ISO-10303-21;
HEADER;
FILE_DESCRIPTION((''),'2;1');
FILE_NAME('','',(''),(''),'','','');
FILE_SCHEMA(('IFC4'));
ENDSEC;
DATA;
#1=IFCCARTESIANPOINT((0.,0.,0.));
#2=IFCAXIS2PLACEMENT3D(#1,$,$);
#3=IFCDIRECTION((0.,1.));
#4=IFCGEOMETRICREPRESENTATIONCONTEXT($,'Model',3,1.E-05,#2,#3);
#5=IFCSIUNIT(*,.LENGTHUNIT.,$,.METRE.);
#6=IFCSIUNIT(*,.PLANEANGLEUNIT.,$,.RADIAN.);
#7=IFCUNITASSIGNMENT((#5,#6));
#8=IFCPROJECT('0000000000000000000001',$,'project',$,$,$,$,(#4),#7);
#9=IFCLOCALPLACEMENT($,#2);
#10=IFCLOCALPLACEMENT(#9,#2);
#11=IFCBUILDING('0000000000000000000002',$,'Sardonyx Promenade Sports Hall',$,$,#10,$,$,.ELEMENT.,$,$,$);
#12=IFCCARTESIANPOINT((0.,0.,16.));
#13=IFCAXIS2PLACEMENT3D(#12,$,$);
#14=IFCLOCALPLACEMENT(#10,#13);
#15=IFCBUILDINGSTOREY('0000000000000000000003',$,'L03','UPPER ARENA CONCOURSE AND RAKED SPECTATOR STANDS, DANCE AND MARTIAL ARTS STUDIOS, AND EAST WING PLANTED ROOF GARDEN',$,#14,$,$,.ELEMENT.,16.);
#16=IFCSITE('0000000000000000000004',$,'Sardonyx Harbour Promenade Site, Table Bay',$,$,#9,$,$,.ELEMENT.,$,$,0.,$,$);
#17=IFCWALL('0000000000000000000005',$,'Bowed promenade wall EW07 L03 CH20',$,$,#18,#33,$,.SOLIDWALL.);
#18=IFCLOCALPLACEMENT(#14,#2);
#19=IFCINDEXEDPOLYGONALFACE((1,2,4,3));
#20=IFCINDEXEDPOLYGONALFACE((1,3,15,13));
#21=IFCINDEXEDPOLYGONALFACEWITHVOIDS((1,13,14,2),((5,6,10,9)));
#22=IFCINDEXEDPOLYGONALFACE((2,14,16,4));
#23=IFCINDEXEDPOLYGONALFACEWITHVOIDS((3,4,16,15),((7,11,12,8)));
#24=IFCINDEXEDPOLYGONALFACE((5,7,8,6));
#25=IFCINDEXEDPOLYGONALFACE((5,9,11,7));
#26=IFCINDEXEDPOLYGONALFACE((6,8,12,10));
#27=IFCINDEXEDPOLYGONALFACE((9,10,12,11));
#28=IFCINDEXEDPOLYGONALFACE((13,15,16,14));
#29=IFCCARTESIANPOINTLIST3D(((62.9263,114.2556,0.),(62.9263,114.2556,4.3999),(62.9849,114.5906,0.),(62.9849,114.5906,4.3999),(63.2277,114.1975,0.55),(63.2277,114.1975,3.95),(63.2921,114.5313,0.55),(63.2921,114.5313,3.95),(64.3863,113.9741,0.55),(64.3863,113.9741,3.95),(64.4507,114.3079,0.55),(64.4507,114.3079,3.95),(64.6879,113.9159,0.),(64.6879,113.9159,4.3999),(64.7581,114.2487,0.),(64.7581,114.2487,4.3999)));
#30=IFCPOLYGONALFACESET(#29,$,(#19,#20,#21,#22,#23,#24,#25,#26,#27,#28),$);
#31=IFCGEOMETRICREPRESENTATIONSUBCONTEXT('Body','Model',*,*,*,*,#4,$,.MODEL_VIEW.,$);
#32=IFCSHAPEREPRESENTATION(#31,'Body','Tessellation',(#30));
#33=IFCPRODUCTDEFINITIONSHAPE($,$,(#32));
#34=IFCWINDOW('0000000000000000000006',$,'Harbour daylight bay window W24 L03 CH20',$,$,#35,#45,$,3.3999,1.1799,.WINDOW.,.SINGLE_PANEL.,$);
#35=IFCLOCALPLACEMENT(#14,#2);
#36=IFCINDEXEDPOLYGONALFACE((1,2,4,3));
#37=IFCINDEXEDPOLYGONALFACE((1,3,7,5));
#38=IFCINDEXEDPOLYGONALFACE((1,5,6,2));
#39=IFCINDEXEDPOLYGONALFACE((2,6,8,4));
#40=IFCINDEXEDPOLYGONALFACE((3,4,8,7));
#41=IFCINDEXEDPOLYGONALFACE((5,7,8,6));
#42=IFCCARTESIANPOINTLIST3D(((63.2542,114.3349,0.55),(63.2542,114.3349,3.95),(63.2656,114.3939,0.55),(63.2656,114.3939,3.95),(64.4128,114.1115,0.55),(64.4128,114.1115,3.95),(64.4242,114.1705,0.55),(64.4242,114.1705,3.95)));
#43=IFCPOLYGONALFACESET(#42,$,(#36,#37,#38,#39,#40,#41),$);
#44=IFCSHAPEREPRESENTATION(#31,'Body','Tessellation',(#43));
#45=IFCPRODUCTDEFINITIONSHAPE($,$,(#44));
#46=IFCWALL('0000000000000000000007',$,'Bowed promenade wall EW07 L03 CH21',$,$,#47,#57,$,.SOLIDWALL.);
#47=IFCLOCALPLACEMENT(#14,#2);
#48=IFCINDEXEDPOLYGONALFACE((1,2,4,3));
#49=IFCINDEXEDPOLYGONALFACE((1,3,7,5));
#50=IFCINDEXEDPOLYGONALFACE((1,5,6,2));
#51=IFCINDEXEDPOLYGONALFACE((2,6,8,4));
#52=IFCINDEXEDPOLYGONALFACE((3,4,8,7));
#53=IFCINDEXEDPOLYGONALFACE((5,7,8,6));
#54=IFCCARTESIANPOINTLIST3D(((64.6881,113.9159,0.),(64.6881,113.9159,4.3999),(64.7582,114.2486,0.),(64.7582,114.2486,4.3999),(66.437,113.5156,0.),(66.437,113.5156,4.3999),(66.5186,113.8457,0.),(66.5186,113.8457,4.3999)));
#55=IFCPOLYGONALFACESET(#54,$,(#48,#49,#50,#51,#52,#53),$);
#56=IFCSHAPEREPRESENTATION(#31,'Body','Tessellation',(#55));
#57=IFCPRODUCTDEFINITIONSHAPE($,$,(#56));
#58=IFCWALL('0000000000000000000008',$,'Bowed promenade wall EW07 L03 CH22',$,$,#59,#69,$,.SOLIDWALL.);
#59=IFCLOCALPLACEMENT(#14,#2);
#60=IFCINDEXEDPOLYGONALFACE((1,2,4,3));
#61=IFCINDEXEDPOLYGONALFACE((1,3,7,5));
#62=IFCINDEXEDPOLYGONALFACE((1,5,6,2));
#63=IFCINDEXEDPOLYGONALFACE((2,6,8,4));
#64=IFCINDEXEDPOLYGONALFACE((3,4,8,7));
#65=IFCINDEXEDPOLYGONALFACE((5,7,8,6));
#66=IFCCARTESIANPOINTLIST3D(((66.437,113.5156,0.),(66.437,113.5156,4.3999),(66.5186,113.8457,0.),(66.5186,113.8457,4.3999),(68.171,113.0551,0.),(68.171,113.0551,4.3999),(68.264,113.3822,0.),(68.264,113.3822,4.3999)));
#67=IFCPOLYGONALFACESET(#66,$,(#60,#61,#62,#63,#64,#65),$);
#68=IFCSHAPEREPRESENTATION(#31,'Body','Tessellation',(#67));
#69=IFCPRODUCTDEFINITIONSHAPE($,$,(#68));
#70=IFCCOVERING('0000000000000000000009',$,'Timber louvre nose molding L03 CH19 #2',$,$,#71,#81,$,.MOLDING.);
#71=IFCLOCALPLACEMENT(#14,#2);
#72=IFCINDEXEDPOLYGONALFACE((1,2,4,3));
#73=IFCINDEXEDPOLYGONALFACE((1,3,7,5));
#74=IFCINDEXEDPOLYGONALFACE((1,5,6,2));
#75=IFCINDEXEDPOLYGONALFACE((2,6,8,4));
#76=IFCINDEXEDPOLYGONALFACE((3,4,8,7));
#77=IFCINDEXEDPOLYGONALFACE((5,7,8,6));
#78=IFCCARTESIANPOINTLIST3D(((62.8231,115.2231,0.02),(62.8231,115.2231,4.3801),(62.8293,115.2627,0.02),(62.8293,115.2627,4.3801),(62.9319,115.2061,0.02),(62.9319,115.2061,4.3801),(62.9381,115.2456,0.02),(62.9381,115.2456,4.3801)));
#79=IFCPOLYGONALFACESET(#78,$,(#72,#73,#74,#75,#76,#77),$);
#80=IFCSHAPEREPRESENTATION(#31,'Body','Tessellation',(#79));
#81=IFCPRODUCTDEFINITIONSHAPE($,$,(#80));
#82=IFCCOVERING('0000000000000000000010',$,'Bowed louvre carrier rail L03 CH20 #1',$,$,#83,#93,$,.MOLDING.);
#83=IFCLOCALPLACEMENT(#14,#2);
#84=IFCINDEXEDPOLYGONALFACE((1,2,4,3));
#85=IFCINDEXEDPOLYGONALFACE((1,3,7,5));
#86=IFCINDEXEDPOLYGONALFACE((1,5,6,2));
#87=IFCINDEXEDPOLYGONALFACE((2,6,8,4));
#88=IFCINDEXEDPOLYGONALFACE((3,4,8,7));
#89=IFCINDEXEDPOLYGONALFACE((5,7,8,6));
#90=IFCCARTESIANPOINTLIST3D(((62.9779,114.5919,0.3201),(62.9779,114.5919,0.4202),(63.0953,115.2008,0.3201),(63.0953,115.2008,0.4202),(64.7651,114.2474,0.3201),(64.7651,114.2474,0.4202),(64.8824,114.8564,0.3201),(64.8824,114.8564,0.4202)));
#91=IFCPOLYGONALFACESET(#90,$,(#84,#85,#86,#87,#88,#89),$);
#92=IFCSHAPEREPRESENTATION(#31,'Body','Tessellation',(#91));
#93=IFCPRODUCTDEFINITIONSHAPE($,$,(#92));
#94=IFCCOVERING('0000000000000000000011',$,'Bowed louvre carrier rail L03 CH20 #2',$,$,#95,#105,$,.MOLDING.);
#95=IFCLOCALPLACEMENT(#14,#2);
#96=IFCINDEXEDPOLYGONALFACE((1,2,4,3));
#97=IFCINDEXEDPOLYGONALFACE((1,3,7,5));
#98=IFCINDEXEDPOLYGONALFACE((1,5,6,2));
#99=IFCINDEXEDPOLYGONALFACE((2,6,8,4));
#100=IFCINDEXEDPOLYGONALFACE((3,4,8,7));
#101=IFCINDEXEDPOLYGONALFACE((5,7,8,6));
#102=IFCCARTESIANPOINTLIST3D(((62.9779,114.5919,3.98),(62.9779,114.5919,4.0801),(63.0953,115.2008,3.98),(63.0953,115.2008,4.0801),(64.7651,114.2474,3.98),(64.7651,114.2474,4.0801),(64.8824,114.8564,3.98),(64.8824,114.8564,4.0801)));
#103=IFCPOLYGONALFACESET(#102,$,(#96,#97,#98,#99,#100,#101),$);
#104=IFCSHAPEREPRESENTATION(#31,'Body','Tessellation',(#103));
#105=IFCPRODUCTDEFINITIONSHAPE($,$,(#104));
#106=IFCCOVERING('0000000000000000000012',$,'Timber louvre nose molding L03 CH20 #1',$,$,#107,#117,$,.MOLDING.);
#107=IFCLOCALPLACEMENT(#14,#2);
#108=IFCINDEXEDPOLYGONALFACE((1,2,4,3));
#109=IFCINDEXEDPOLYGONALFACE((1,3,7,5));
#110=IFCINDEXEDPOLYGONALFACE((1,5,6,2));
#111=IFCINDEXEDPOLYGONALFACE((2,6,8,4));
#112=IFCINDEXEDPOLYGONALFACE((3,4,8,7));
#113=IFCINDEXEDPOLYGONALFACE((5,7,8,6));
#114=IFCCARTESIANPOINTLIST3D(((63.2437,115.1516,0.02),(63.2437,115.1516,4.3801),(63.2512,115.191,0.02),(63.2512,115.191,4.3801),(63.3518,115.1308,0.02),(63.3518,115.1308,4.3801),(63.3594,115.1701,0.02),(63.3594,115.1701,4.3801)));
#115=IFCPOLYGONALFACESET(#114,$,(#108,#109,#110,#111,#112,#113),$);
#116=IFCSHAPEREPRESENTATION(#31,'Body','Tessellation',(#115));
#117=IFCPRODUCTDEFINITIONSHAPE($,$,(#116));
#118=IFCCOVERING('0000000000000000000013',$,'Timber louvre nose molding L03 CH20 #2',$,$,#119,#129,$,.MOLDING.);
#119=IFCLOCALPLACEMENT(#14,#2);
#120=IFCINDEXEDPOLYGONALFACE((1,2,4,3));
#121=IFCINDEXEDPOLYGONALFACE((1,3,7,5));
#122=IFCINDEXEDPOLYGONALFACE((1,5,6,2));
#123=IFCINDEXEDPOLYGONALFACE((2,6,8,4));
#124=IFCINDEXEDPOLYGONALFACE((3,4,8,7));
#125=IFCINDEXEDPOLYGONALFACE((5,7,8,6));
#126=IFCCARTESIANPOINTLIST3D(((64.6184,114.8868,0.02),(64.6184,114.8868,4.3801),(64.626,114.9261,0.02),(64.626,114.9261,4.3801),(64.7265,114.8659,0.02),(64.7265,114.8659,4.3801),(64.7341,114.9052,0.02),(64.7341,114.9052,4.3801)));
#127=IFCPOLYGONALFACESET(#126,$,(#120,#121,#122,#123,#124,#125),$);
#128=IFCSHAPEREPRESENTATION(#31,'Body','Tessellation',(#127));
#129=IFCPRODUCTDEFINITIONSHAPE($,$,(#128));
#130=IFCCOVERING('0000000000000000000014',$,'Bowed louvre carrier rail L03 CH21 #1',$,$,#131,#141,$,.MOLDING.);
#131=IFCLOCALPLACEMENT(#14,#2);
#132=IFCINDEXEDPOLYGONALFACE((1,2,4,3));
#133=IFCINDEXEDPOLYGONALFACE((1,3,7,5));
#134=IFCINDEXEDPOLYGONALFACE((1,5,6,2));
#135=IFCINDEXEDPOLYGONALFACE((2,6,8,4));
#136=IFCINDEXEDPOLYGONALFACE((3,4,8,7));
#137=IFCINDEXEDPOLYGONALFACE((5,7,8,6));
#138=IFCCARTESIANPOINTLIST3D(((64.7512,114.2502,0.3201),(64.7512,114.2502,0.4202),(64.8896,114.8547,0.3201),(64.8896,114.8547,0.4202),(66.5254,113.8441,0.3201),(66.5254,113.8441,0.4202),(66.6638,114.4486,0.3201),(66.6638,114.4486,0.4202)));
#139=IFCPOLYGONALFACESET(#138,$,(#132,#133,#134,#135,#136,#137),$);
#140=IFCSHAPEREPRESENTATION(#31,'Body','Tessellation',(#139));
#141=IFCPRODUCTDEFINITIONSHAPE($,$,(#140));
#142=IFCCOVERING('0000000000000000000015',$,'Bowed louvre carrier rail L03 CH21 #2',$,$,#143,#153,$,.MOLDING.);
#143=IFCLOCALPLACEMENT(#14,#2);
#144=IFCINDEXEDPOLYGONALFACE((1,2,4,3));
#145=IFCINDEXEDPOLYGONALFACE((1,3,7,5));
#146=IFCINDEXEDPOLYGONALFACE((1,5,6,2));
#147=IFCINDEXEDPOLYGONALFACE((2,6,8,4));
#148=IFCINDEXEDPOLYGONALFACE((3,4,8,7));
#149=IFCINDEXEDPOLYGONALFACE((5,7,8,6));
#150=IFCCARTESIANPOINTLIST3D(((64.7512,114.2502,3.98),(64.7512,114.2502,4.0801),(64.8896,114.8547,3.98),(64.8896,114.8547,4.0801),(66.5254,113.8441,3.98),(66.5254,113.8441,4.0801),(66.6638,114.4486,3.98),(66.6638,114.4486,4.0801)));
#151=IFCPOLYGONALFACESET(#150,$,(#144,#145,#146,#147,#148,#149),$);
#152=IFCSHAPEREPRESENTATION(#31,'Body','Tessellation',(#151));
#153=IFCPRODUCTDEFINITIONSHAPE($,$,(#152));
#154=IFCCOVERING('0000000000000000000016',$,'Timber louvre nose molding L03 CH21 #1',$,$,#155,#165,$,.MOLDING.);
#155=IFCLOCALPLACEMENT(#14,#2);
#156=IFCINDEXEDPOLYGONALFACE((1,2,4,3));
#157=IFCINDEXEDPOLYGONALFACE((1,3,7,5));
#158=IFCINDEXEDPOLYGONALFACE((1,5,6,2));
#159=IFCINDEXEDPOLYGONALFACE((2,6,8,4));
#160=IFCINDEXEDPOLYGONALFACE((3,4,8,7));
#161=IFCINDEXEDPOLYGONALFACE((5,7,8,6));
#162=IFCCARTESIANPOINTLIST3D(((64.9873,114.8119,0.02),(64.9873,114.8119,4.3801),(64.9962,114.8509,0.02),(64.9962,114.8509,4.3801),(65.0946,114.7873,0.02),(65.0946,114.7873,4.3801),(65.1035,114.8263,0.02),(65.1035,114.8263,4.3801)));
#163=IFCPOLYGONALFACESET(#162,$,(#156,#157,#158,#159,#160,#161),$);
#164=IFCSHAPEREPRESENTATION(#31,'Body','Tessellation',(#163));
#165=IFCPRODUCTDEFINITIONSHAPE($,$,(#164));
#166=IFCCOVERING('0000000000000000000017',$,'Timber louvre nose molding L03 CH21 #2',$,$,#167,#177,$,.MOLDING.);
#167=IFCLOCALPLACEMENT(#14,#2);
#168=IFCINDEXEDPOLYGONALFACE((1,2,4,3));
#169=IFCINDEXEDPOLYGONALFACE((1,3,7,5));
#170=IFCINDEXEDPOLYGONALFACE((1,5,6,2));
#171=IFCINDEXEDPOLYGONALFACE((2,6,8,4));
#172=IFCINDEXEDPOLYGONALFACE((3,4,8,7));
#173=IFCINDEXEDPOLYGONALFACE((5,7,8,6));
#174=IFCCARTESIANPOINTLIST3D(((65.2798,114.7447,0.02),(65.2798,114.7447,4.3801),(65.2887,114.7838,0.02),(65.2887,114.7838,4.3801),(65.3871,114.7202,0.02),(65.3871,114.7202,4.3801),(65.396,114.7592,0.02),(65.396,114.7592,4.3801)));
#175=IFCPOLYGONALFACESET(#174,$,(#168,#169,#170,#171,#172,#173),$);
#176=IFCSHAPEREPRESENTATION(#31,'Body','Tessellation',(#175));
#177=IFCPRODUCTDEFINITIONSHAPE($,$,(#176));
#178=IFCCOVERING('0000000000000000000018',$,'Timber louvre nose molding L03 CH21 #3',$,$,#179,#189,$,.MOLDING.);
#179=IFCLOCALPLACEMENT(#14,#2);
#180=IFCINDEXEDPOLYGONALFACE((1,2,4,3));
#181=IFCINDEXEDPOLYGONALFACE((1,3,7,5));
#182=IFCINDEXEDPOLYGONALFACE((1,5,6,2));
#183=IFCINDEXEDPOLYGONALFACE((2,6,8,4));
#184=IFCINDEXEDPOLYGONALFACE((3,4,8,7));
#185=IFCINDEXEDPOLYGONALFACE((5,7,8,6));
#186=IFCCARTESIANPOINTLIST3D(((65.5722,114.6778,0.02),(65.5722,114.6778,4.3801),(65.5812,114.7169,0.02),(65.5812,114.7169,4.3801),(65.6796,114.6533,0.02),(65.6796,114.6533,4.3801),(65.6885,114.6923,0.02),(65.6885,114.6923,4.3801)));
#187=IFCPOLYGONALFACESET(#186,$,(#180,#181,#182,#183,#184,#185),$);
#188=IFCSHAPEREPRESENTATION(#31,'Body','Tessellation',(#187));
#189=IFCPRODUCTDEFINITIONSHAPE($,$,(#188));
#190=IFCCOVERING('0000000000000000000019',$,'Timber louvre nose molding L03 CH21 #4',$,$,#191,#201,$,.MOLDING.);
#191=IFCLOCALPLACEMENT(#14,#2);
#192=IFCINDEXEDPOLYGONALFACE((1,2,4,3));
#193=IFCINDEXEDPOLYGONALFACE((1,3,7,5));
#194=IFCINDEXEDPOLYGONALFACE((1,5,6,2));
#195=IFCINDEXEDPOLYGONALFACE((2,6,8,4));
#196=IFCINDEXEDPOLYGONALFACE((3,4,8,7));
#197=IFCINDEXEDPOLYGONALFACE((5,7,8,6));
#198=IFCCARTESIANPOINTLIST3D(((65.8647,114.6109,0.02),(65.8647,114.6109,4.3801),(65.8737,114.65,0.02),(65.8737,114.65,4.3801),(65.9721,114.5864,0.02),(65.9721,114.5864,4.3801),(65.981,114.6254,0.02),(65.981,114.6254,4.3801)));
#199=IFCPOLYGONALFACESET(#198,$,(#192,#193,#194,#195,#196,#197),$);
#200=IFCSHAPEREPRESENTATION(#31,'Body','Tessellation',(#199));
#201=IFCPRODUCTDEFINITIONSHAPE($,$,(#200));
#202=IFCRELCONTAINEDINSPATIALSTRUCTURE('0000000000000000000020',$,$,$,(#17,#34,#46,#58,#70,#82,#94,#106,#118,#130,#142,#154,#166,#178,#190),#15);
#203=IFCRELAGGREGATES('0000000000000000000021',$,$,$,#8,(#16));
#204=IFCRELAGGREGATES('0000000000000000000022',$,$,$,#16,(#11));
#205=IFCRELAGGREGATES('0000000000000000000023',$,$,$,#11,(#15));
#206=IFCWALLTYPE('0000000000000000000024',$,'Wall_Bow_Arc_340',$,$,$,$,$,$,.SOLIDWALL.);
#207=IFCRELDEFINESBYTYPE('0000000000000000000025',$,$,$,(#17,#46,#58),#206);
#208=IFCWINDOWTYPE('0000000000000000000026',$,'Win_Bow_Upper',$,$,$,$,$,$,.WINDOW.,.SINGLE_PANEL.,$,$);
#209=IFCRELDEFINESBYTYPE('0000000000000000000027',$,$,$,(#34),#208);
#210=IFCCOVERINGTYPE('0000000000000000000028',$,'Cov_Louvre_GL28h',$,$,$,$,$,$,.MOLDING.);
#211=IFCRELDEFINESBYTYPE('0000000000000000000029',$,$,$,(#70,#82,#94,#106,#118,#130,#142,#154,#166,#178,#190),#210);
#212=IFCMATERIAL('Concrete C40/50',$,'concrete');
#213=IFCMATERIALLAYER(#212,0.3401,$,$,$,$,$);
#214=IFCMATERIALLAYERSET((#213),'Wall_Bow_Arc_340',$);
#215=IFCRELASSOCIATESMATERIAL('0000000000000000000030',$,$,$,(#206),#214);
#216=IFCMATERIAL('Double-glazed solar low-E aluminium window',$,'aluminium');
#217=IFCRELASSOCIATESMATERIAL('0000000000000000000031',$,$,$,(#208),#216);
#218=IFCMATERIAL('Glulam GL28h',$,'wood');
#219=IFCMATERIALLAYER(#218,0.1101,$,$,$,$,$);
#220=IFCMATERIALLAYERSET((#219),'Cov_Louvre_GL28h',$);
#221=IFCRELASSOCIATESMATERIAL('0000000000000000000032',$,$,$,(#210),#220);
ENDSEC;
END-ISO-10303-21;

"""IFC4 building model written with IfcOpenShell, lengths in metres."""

from ifc_helpers import new_model, si_unit, direction, frame, frame_2d, origin, origin_2d, place, context, subcontext, project, spatial, polyline, rectangle, outline, extrude, material, layer, layer_set, type_object, element, fill, save


model = new_model("IFC4")

# Units and contexts
model_context = context("Model", 3, precision=1e-05, world=origin(), true_north=direction((0.0, 1.0)))
body_context = subcontext(model_context, "Body", "Model", "MODEL_VIEW")
ifc_project = project(units=[si_unit("LENGTHUNIT", "METRE"), si_unit("PLANEANGLEUNIT", "RADIAN")], contexts=[model_context])

# Site, building, storey
site_placement = place(None, origin())
site = spatial("IfcSite", under=ifc_project, at=site_placement, Name="Sardonyx Harbour Promenade Site, Table Bay", CompositionType="ELEMENT", RefElevation=0.0)
building_placement = place(site_placement, origin())
building = spatial("IfcBuilding", under=site, at=building_placement, Name="Sardonyx Promenade Sports Hall", CompositionType="ELEMENT")
storey_placement = place(building_placement, frame((0.0, 0.0, 16.0)))
storey = spatial("IfcBuildingStorey", under=building, at=storey_placement, Name="L03", Description="UPPER ARENA CONCOURSE AND RAKED SPECTATOR STANDS, DANCE AND MARTIAL ARTS STUDIOS, AND EAST WING PLANTED ROOF GARDEN", CompositionType="ELEMENT", Elevation=16.0)

# Wall, opening, window
ifc_material_1 = material(Name="Concrete C40/50", Category="concrete")
ifc_layer_1 = layer(ifc_material_1, 0.3401)
ifc_layer_set_1 = layer_set([ifc_layer_1], Name="Wall_Bow_Arc_340")
wall_type = type_object("IfcWallType", Name="Wall_Bow_Arc_340", PredefinedType="SOLIDWALL", material=ifc_layer_set_1)
wall_1_placement = place(storey_placement, frame((62.9556, 114.4231, 0.0), z_axis=(0.0, 0.0, 1.0), x_axis=(0.981913, -0.18933, 0.0)))
wall_1 = element("IfcWall", 1, at=wall_1_placement, inside=storey, type_object=wall_type, Name="Bowed promenade wall EW07 L03 CH20", PredefinedType="SOLIDWALL", context=body_context, shape_type="SweptSolid", body=[
    extrude(outline(polyline([(0.0029, -0.17), (1.7971, -0.17), (1.8029, 0.17), (-0.0029, 0.17), (0.0029, -0.17)])), origin(), (0.0, 0.0, 1.0), 4.3999),
])
opening_placement = place(wall_1_placement, frame((0.3101, 0.0, 0.55)))
opening = element("IfcOpeningElement", 2, at=opening_placement, cuts=wall_1, PredefinedType="OPENING", context=body_context, shape_type="SweptSolid", body=[
    extrude(rectangle(XDim=1.1799, YDim=3.3999, at=frame_2d((0.5898, 1.7))), frame((0.0, 0.18, 0.0), z_axis=(0.0, -1.0, 0.0), x_axis=(1.0, 0.0, 0.0)), (0.0, 0.0, 1.0), 0.36),
])
ifc_material_2 = material(Name="Double-glazed solar low-E aluminium window", Category="aluminium")
window_type = type_object("IfcWindowType", Name="Win_Bow_Upper", PartitioningType="SINGLE_PANEL", PredefinedType="WINDOW", material=ifc_material_2)
window_placement = place(opening_placement, origin())
window = element("IfcWindow", 3, at=window_placement, inside=storey, type_object=window_type, Name="Harbour daylight bay window W24 L03 CH20", OverallHeight=3.3999, OverallWidth=1.1799, PartitioningType="SINGLE_PANEL", PredefinedType="WINDOW", context=body_context, shape_type="SweptSolid", body=[
    extrude(rectangle(XDim=1.1799, YDim=3.3999, at=frame_2d((0.5898, 1.7))), frame((0.0, 0.03, 0.0), z_axis=(0.0, -1.0, 0.0), x_axis=(1.0, 0.0, 0.0)), (0.0, 0.0, 1.0), 0.0601),
])
fill(opening, window)

# Walls
wall_2_placement = place(storey_placement, frame((64.7231, 114.0823, 0.0), z_axis=(0.0, 0.0, 1.0), x_axis=(0.974792, -0.223116, 0.0)))
element("IfcWall", 4, at=wall_2_placement, inside=storey, type_object=wall_type, Name="Bowed promenade wall EW07 L03 CH21", PredefinedType="SOLIDWALL", context=body_context, shape_type="SweptSolid", body=[
    extrude(outline(polyline([(0.0029, -0.17), (1.7971, -0.17), (1.8029, 0.17), (-0.0029, 0.17), (0.0029, -0.17)])), origin(), (0.0, 0.0, 1.0), 4.3999),
])
wall_3_placement = place(storey_placement, frame((66.4778, 113.6807, 0.0), z_axis=(0.0, 0.0, 1.0), x_axis=(0.966505, -0.256649, 0.0)))
element("IfcWall", 5, at=wall_3_placement, inside=storey, type_object=wall_type, Name="Bowed promenade wall EW07 L03 CH22", PredefinedType="SOLIDWALL", context=body_context, shape_type="SweptSolid", body=[
    extrude(outline(polyline([(0.0029, -0.17), (1.7971, -0.17), (1.8029, 0.17), (-0.0029, 0.17), (0.0029, -0.17)])), origin(), (0.0, 0.0, 1.0), 4.3999),
])

# Coverings
ifc_material_3 = material(Name="Glulam GL28h", Category="wood")
ifc_layer_2 = layer(ifc_material_3, 0.1101)
ifc_layer_set_2 = layer_set([ifc_layer_2], Name="Cov_Louvre_GL28h")
covering_type = type_object("IfcCoveringType", Name="Cov_Louvre_GL28h", PredefinedType="MOLDING", material=ifc_layer_set_2)
covering_placement = place(storey_placement, frame((62.8806, 115.2344, 0.02), z_axis=(0.0, 0.0, 1.0), x_axis=(0.987891, -0.155148, 0.0)))
element("IfcCovering", 6, at=covering_placement, inside=storey, type_object=covering_type, Name="Timber louvre nose molding L03 CH19 #2", PredefinedType="MOLDING", context=body_context, shape_type="SweptSolid", body=[
    extrude(rectangle(XDim=0.1101, YDim=0.04, at=origin_2d()), origin(), (0.0, 0.0, 1.0), 4.3601),
])
for number, where, z_axis, x_axis, name in (
    (7, (63.9302, 114.7241, 0.3201), (0.0, 0.0, 1.0), (0.98193, -0.189246, 0.0), "Bowed louvre carrier rail L03 CH20 #1"),
    (8, (63.9302, 114.7241, 3.98), (0.0, 0.0, 1.0), (0.98193, -0.189246, 0.0), "Bowed louvre carrier rail L03 CH20 #2"),
):
    element("IfcCovering", number, at=place(storey_placement, frame(where, z_axis=z_axis, x_axis=x_axis)), inside=storey, type_object=covering_type, Name=name, PredefinedType="MOLDING", context=body_context, shape_type="SweptSolid", body=[
        extrude(rectangle(XDim=1.8201, YDim=0.6201, at=origin_2d()), origin(), (0.0, 0.0, 1.0), 0.1001),
    ])
for number, where, z_axis, x_axis, name in (
    (9, (63.3015, 115.1609, 0.02), (0.0, 0.0, 1.0), (0.98193, -0.189246, 0.0), "Timber louvre nose molding L03 CH20 #1"),
    (10, (64.6763, 114.896, 0.02), (0.0, 0.0, 1.0), (0.98193, -0.189246, 0.0), "Timber louvre nose molding L03 CH20 #2"),
):
    element("IfcCovering", number, at=place(storey_placement, frame(where, z_axis=z_axis, x_axis=x_axis)), inside=storey, type_object=covering_type, Name=name, PredefinedType="MOLDING", context=body_context, shape_type="SweptSolid", body=[
        extrude(rectangle(XDim=0.1101, YDim=0.04, at=origin_2d()), origin(), (0.0, 0.0, 1.0), 4.3601),
    ])
for number, where, z_axis, x_axis, name in (
    (11, (65.7075, 114.3494, 0.3201), (0.0, 0.0, 1.0), (0.974792, -0.223117, 0.0), "Bowed louvre carrier rail L03 CH21 #1"),
    (12, (65.7075, 114.3494, 3.98), (0.0, 0.0, 1.0), (0.974792, -0.223117, 0.0), "Bowed louvre carrier rail L03 CH21 #2"),
):
    element("IfcCovering", number, at=place(storey_placement, frame(where, z_axis=z_axis, x_axis=x_axis)), inside=storey, type_object=covering_type, Name=name, PredefinedType="MOLDING", context=body_context, shape_type="SweptSolid", body=[
        extrude(rectangle(XDim=1.8201, YDim=0.6201, at=origin_2d()), origin(), (0.0, 0.0, 1.0), 0.1001),
    ])
for number, where, z_axis, x_axis, name in (
    (13, (65.0454, 114.8191, 0.02), (0.0, 0.0, 1.0), (0.974792, -0.223117, 0.0), "Timber louvre nose molding L03 CH21 #1"),
    (14, (65.3379, 114.752, 0.02), (0.0, 0.0, 1.0), (0.974792, -0.223117, 0.0), "Timber louvre nose molding L03 CH21 #2"),
    (15, (65.6304, 114.6851, 0.02), (0.0, 0.0, 1.0), (0.974792, -0.223117, 0.0), "Timber louvre nose molding L03 CH21 #3"),
    (16, (65.9229, 114.6182, 0.02), (0.0, 0.0, 1.0), (0.974792, -0.223117, 0.0), "Timber louvre nose molding L03 CH21 #4"),
):
    element("IfcCovering", number, at=place(storey_placement, frame(where, z_axis=z_axis, x_axis=x_axis)), inside=storey, type_object=covering_type, Name=name, PredefinedType="MOLDING", context=body_context, shape_type="SweptSolid", body=[
        extrude(rectangle(XDim=0.1101, YDim=0.04, at=origin_2d()), origin(), (0.0, 0.0, 1.0), 4.3601),
    ])

save(model, "model.ifc")
